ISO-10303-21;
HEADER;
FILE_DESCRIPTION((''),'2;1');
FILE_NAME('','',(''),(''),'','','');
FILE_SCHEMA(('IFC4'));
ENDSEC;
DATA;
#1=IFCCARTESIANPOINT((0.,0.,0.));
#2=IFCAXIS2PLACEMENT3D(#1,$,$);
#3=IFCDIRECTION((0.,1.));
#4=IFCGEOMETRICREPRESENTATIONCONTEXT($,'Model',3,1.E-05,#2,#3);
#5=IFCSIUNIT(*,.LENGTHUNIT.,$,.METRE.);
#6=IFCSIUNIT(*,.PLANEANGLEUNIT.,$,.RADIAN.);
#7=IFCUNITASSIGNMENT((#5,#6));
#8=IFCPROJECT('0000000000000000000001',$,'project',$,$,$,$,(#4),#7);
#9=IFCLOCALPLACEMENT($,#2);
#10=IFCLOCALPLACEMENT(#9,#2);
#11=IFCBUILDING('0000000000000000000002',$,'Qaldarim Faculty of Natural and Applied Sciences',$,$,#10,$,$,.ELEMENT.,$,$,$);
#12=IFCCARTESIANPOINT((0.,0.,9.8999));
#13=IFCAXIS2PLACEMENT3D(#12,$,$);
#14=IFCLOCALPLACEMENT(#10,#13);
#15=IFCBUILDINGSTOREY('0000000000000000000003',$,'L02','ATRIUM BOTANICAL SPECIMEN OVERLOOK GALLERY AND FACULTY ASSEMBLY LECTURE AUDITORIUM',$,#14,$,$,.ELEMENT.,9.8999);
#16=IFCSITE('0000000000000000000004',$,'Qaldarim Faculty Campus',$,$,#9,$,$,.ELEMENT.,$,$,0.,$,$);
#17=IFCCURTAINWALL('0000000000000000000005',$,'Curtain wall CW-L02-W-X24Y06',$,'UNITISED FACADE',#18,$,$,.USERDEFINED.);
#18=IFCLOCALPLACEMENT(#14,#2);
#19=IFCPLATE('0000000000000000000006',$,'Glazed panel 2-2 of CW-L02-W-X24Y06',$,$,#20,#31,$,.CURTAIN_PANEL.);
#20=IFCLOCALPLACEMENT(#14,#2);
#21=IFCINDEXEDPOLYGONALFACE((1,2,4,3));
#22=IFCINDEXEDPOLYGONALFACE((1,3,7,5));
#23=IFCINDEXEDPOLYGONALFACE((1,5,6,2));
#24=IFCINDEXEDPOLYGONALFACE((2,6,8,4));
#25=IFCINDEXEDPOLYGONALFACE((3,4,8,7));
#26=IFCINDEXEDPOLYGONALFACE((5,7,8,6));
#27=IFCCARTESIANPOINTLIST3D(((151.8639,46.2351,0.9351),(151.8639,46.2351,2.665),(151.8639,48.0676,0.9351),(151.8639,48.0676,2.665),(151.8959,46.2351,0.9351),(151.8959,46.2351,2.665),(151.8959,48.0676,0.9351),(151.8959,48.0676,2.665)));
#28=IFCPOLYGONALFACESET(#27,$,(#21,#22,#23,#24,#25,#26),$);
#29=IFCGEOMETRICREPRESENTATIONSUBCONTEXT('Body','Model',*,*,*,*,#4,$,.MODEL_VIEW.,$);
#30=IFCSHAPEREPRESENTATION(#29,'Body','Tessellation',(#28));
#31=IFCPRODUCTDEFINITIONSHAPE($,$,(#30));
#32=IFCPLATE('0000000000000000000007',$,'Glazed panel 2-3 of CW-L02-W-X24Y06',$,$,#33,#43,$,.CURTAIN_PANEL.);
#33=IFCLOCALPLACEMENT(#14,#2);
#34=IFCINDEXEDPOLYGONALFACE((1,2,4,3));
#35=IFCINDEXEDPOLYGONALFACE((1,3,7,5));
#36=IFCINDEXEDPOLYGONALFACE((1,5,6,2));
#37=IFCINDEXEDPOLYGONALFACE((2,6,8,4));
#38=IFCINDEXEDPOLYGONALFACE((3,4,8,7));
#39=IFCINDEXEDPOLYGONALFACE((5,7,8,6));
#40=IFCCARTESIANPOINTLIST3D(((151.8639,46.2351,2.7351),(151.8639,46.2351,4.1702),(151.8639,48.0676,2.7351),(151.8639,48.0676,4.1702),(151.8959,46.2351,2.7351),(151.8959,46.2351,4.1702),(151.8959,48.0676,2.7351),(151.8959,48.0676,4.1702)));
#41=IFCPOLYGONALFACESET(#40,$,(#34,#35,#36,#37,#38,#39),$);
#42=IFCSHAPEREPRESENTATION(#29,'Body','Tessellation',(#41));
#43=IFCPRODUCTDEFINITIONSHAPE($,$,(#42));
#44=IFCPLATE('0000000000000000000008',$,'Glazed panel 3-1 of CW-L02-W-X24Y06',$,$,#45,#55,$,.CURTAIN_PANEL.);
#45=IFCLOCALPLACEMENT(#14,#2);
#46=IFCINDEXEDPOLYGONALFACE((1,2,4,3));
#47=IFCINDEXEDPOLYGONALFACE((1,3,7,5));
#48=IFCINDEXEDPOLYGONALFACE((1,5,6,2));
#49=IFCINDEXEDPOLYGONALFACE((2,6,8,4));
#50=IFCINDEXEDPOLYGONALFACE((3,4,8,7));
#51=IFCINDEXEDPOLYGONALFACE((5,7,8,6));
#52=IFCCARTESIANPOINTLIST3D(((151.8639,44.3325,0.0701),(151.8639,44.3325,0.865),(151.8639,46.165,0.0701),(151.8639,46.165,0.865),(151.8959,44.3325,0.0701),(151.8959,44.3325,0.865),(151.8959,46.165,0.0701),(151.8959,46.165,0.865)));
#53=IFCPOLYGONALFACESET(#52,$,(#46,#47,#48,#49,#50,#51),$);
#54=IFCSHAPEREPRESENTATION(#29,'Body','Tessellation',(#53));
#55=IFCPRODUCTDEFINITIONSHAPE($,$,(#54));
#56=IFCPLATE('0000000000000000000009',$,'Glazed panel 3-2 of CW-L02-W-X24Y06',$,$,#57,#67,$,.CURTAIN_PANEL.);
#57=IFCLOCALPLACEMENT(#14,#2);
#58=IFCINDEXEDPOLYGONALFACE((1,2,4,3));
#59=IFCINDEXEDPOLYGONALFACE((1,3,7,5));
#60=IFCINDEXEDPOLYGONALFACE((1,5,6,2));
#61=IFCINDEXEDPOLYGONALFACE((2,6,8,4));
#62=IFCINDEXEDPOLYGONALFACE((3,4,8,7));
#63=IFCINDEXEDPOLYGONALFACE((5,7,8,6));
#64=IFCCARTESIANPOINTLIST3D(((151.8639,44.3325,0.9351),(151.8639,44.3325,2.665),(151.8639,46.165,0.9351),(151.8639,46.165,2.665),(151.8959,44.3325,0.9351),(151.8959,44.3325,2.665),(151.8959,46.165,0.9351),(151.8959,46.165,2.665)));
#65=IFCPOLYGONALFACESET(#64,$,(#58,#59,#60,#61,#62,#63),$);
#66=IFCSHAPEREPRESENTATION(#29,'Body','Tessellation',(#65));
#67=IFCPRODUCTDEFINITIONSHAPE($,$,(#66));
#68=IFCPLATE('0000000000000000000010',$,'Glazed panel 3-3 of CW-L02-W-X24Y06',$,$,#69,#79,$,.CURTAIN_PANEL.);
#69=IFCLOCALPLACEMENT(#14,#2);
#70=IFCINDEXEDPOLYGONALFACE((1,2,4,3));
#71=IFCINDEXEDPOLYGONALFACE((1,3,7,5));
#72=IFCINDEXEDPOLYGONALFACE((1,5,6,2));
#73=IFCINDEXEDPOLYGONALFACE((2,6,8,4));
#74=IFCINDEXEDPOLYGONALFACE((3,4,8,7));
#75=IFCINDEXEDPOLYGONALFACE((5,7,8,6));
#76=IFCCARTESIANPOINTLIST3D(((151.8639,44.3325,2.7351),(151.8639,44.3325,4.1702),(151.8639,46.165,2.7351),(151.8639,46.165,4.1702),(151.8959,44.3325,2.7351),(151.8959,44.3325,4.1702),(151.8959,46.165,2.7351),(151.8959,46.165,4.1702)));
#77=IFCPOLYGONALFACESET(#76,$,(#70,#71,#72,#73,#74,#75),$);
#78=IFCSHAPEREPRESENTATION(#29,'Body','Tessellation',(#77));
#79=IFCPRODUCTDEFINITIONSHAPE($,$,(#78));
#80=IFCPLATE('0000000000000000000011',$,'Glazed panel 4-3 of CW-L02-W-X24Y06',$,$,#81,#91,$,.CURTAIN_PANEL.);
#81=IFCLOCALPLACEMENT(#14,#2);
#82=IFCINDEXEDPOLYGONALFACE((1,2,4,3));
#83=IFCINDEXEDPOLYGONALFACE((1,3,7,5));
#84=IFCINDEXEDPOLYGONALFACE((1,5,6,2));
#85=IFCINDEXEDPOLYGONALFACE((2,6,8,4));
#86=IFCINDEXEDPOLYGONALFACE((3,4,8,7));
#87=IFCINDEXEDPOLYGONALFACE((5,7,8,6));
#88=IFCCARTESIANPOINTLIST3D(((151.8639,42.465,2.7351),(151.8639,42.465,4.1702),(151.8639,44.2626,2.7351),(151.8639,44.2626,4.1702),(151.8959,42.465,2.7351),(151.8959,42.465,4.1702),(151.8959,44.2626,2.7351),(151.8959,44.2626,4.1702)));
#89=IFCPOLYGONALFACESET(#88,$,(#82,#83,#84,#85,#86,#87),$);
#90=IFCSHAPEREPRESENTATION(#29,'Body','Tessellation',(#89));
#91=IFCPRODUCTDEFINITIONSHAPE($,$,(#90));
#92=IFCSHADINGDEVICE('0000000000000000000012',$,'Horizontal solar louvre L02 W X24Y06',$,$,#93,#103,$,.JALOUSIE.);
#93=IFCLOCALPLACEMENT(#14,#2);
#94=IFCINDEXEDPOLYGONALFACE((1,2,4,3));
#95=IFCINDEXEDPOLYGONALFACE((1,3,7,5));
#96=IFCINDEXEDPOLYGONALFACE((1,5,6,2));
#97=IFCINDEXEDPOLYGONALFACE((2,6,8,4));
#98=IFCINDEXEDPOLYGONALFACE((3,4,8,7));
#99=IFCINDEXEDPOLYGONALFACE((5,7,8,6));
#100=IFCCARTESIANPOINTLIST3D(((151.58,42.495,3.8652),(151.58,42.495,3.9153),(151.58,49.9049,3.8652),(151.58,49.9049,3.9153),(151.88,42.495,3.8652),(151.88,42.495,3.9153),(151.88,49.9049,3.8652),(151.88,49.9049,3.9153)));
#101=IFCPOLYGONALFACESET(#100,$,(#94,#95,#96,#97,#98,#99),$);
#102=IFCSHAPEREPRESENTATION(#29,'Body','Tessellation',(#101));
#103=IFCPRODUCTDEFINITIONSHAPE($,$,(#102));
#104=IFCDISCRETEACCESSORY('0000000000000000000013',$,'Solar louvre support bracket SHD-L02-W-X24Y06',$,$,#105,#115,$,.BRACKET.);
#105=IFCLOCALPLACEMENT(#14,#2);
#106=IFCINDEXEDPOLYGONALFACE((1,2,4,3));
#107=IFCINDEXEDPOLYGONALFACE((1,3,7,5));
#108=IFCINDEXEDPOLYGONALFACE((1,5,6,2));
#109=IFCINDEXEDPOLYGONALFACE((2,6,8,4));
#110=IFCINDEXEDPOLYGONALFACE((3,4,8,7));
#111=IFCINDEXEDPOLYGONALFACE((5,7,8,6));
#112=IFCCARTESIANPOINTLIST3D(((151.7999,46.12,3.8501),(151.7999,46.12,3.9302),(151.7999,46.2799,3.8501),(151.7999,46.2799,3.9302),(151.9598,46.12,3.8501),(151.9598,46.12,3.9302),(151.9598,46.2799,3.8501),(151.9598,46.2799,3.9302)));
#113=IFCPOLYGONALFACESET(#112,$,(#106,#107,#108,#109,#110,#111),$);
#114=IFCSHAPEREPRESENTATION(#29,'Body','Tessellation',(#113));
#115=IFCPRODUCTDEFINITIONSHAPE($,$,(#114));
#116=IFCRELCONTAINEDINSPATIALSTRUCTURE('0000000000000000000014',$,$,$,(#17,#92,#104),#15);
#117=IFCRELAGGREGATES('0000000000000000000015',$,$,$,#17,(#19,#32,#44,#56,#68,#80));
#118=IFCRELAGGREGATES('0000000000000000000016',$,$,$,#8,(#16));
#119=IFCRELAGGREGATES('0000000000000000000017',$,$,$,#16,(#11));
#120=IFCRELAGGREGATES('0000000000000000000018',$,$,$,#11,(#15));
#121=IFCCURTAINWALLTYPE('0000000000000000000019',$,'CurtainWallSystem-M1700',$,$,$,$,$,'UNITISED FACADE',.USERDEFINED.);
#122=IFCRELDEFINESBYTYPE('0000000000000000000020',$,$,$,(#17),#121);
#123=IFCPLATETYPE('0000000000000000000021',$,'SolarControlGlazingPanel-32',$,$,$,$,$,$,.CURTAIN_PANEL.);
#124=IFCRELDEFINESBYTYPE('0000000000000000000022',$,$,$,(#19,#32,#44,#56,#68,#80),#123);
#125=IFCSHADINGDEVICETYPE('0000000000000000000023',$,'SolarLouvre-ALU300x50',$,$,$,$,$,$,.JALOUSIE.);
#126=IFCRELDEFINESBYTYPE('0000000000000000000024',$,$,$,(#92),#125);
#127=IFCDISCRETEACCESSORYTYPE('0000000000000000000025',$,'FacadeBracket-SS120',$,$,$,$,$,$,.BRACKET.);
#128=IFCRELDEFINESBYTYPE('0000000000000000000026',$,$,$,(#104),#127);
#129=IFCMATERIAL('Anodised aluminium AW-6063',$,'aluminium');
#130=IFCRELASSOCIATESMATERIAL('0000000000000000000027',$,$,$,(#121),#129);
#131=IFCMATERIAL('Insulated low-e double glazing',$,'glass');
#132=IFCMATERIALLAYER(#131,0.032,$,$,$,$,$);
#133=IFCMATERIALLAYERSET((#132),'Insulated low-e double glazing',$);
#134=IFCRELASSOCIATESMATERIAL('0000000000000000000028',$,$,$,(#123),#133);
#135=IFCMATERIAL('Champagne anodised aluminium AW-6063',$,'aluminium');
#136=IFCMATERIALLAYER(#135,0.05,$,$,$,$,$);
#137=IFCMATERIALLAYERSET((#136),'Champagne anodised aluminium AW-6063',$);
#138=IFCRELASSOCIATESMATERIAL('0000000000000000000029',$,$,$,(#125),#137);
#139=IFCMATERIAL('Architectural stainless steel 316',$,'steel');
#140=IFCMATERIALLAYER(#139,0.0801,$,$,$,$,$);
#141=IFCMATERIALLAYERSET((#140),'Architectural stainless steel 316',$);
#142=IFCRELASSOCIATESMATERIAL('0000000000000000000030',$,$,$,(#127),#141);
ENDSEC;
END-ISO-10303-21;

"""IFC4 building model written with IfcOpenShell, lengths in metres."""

from ifc_helpers import new_model, si_unit, direction, frame, origin, origin_2d, place, context, subcontext, project, spatial, rectangle, extrude, material, layer, layer_set, type_object, element, aggregate, save


model = new_model("IFC4")

# Units and contexts
model_context = context("Model", 3, precision=1e-05, world=origin(), true_north=direction((0.0, 1.0)))
body_context = subcontext(model_context, "Body", "Model", "MODEL_VIEW")
ifc_project = project(units=[si_unit("LENGTHUNIT", "METRE"), si_unit("PLANEANGLEUNIT", "RADIAN")], contexts=[model_context])

# Site, building, storey
site_placement = place(None, origin())
site = spatial("IfcSite", under=ifc_project, at=site_placement, Name="Qaldarim Faculty Campus", CompositionType="ELEMENT", RefElevation=0.0)
building_placement = place(site_placement, origin())
building = spatial("IfcBuilding", under=site, at=building_placement, Name="Qaldarim Faculty of Natural and Applied Sciences", CompositionType="ELEMENT")
storey_placement = place(building_placement, frame((0.0, 0.0, 9.8999)))
storey = spatial("IfcBuildingStorey", under=building, at=storey_placement, Name="L02", Description="ATRIUM BOTANICAL SPECIMEN OVERLOOK GALLERY AND FACULTY ASSEMBLY LECTURE AUDITORIUM", CompositionType="ELEMENT", Elevation=9.8999)

# Curtain wall, plates
ifc_material_1 = material(Name="Anodised aluminium AW-6063", Category="aluminium")
curtain_wall_type = type_object("IfcCurtainWallType", Name="CurtainWallSystem-M1700", ElementType="UNITISED FACADE", PredefinedType="USERDEFINED", material=ifc_material_1)
curtain_wall_placement = place(storey_placement, origin())
curtain_wall = element("IfcCurtainWall", 1, at=curtain_wall_placement, inside=storey, type_object=curtain_wall_type, Name="Curtain wall CW-L02-W-X24Y06", ObjectType="UNITISED FACADE", PredefinedType="USERDEFINED")
ifc_material_2 = material(Name="Insulated low-e double glazing", Category="glass")
ifc_layer_1 = layer(ifc_material_2, 0.032)
ifc_layer_set_1 = layer_set([ifc_layer_1], Name="Insulated low-e double glazing")
plate_type = type_object("IfcPlateType", Name="SolarControlGlazingPanel-32", PredefinedType="CURTAIN_PANEL", material=ifc_layer_set_1)
plate_1_placement = place(storey_placement, frame((151.8799, 47.1514, 0.9351), z_axis=(0.0, 0.0, 1.0), x_axis=(0.0, -1.0, 0.0)))
plate_1 = element("IfcPlate", 2, at=plate_1_placement, type_object=plate_type, Name="Glazed panel 2-2 of CW-L02-W-X24Y06", PredefinedType="CURTAIN_PANEL", context=body_context, shape_type="SweptSolid", body=[
    extrude(rectangle(XDim=1.8325, YDim=0.032, at=origin_2d()), origin(), (0.0, 0.0, 1.0), 1.73),
])
plate_2_placement = place(storey_placement, frame((151.8799, 47.1514, 2.7351), z_axis=(0.0, 0.0, 1.0), x_axis=(0.0, -1.0, 0.0)))
plate_2 = element("IfcPlate", 3, at=plate_2_placement, type_object=plate_type, Name="Glazed panel 2-3 of CW-L02-W-X24Y06", PredefinedType="CURTAIN_PANEL", context=body_context, shape_type="SweptSolid", body=[
    extrude(rectangle(XDim=1.8325, YDim=0.032, at=origin_2d()), origin(), (0.0, 0.0, 1.0), 1.4351),
])
plate_3_placement = place(storey_placement, frame((151.8799, 45.2488, 0.0701), z_axis=(0.0, 0.0, 1.0), x_axis=(0.0, -1.0, 0.0)))
plate_3 = element("IfcPlate", 4, at=plate_3_placement, type_object=plate_type, Name="Glazed panel 3-1 of CW-L02-W-X24Y06", PredefinedType="CURTAIN_PANEL", context=body_context, shape_type="SweptSolid", body=[
    extrude(rectangle(XDim=1.8325, YDim=0.032, at=origin_2d()), origin(), (0.0, 0.0, 1.0), 0.7949),
])
plate_4_placement = place(storey_placement, frame((151.8799, 45.2488, 0.9351), z_axis=(0.0, 0.0, 1.0), x_axis=(0.0, -1.0, 0.0)))
plate_4 = element("IfcPlate", 5, at=plate_4_placement, type_object=plate_type, Name="Glazed panel 3-2 of CW-L02-W-X24Y06", PredefinedType="CURTAIN_PANEL", context=body_context, shape_type="SweptSolid", body=[
    extrude(rectangle(XDim=1.8325, YDim=0.032, at=origin_2d()), origin(), (0.0, 0.0, 1.0), 1.73),
])
plate_5_placement = place(storey_placement, frame((151.8799, 45.2488, 2.7351), z_axis=(0.0, 0.0, 1.0), x_axis=(0.0, -1.0, 0.0)))
plate_5 = element("IfcPlate", 6, at=plate_5_placement, type_object=plate_type, Name="Glazed panel 3-3 of CW-L02-W-X24Y06", PredefinedType="CURTAIN_PANEL", context=body_context, shape_type="SweptSolid", body=[
    extrude(rectangle(XDim=1.8325, YDim=0.032, at=origin_2d()), origin(), (0.0, 0.0, 1.0), 1.4351),
])
plate_6_placement = place(storey_placement, frame((151.8799, 43.3638, 2.7351), z_axis=(0.0, 0.0, 1.0), x_axis=(0.0, -1.0, 0.0)))
plate_6 = element("IfcPlate", 7, at=plate_6_placement, type_object=plate_type, Name="Glazed panel 4-3 of CW-L02-W-X24Y06", PredefinedType="CURTAIN_PANEL", context=body_context, shape_type="SweptSolid", body=[
    extrude(rectangle(XDim=1.7976, YDim=0.032, at=origin_2d()), origin(), (0.0, 0.0, 1.0), 1.4351),
])
aggregate(curtain_wall, [plate_1, plate_2, plate_3, plate_4, plate_5, plate_6])

# Shading device
ifc_material_3 = material(Name="Champagne anodised aluminium AW-6063", Category="aluminium")
ifc_layer_2 = layer(ifc_material_3, 0.05)
ifc_layer_set_2 = layer_set([ifc_layer_2], Name="Champagne anodised aluminium AW-6063")
shading_device_type = type_object("IfcShadingDeviceType", Name="SolarLouvre-ALU300x50", PredefinedType="JALOUSIE", material=ifc_layer_set_2)
shading_device_placement = place(storey_placement, frame((151.73, 46.2, 3.8652), z_axis=(0.0, 0.0, 1.0), x_axis=(0.0, 1.0, 0.0)))
element("IfcShadingDevice", 8, at=shading_device_placement, inside=storey, type_object=shading_device_type, Name="Horizontal solar louvre L02 W X24Y06", PredefinedType="JALOUSIE", context=body_context, shape_type="SweptSolid", body=[
    extrude(rectangle(XDim=7.4099, YDim=0.3, at=origin_2d()), origin(), (0.0, 0.0, 1.0), 0.05),
])

# Discrete accessory
ifc_material_4 = material(Name="Architectural stainless steel 316", Category="steel")
ifc_layer_3 = layer(ifc_material_4, 0.0801)
ifc_layer_set_3 = layer_set([ifc_layer_3], Name="Architectural stainless steel 316")
discrete_accessory_type = type_object("IfcDiscreteAccessoryType", Name="FacadeBracket-SS120", PredefinedType="BRACKET", material=ifc_layer_set_3)
discrete_accessory_placement = place(storey_placement, frame((151.8799, 46.2, 3.8501), z_axis=(0.0, 0.0, 1.0), x_axis=(0.0, 1.0, 0.0)))
element("IfcDiscreteAccessory", 9, at=discrete_accessory_placement, inside=storey, type_object=discrete_accessory_type, Name="Solar louvre support bracket SHD-L02-W-X24Y06", PredefinedType="BRACKET", context=body_context, shape_type="SweptSolid", body=[
    extrude(rectangle(XDim=0.1599, YDim=0.1599, at=origin_2d()), origin(), (0.0, 0.0, 1.0), 0.0801),
])

save(model, "model.ifc")
